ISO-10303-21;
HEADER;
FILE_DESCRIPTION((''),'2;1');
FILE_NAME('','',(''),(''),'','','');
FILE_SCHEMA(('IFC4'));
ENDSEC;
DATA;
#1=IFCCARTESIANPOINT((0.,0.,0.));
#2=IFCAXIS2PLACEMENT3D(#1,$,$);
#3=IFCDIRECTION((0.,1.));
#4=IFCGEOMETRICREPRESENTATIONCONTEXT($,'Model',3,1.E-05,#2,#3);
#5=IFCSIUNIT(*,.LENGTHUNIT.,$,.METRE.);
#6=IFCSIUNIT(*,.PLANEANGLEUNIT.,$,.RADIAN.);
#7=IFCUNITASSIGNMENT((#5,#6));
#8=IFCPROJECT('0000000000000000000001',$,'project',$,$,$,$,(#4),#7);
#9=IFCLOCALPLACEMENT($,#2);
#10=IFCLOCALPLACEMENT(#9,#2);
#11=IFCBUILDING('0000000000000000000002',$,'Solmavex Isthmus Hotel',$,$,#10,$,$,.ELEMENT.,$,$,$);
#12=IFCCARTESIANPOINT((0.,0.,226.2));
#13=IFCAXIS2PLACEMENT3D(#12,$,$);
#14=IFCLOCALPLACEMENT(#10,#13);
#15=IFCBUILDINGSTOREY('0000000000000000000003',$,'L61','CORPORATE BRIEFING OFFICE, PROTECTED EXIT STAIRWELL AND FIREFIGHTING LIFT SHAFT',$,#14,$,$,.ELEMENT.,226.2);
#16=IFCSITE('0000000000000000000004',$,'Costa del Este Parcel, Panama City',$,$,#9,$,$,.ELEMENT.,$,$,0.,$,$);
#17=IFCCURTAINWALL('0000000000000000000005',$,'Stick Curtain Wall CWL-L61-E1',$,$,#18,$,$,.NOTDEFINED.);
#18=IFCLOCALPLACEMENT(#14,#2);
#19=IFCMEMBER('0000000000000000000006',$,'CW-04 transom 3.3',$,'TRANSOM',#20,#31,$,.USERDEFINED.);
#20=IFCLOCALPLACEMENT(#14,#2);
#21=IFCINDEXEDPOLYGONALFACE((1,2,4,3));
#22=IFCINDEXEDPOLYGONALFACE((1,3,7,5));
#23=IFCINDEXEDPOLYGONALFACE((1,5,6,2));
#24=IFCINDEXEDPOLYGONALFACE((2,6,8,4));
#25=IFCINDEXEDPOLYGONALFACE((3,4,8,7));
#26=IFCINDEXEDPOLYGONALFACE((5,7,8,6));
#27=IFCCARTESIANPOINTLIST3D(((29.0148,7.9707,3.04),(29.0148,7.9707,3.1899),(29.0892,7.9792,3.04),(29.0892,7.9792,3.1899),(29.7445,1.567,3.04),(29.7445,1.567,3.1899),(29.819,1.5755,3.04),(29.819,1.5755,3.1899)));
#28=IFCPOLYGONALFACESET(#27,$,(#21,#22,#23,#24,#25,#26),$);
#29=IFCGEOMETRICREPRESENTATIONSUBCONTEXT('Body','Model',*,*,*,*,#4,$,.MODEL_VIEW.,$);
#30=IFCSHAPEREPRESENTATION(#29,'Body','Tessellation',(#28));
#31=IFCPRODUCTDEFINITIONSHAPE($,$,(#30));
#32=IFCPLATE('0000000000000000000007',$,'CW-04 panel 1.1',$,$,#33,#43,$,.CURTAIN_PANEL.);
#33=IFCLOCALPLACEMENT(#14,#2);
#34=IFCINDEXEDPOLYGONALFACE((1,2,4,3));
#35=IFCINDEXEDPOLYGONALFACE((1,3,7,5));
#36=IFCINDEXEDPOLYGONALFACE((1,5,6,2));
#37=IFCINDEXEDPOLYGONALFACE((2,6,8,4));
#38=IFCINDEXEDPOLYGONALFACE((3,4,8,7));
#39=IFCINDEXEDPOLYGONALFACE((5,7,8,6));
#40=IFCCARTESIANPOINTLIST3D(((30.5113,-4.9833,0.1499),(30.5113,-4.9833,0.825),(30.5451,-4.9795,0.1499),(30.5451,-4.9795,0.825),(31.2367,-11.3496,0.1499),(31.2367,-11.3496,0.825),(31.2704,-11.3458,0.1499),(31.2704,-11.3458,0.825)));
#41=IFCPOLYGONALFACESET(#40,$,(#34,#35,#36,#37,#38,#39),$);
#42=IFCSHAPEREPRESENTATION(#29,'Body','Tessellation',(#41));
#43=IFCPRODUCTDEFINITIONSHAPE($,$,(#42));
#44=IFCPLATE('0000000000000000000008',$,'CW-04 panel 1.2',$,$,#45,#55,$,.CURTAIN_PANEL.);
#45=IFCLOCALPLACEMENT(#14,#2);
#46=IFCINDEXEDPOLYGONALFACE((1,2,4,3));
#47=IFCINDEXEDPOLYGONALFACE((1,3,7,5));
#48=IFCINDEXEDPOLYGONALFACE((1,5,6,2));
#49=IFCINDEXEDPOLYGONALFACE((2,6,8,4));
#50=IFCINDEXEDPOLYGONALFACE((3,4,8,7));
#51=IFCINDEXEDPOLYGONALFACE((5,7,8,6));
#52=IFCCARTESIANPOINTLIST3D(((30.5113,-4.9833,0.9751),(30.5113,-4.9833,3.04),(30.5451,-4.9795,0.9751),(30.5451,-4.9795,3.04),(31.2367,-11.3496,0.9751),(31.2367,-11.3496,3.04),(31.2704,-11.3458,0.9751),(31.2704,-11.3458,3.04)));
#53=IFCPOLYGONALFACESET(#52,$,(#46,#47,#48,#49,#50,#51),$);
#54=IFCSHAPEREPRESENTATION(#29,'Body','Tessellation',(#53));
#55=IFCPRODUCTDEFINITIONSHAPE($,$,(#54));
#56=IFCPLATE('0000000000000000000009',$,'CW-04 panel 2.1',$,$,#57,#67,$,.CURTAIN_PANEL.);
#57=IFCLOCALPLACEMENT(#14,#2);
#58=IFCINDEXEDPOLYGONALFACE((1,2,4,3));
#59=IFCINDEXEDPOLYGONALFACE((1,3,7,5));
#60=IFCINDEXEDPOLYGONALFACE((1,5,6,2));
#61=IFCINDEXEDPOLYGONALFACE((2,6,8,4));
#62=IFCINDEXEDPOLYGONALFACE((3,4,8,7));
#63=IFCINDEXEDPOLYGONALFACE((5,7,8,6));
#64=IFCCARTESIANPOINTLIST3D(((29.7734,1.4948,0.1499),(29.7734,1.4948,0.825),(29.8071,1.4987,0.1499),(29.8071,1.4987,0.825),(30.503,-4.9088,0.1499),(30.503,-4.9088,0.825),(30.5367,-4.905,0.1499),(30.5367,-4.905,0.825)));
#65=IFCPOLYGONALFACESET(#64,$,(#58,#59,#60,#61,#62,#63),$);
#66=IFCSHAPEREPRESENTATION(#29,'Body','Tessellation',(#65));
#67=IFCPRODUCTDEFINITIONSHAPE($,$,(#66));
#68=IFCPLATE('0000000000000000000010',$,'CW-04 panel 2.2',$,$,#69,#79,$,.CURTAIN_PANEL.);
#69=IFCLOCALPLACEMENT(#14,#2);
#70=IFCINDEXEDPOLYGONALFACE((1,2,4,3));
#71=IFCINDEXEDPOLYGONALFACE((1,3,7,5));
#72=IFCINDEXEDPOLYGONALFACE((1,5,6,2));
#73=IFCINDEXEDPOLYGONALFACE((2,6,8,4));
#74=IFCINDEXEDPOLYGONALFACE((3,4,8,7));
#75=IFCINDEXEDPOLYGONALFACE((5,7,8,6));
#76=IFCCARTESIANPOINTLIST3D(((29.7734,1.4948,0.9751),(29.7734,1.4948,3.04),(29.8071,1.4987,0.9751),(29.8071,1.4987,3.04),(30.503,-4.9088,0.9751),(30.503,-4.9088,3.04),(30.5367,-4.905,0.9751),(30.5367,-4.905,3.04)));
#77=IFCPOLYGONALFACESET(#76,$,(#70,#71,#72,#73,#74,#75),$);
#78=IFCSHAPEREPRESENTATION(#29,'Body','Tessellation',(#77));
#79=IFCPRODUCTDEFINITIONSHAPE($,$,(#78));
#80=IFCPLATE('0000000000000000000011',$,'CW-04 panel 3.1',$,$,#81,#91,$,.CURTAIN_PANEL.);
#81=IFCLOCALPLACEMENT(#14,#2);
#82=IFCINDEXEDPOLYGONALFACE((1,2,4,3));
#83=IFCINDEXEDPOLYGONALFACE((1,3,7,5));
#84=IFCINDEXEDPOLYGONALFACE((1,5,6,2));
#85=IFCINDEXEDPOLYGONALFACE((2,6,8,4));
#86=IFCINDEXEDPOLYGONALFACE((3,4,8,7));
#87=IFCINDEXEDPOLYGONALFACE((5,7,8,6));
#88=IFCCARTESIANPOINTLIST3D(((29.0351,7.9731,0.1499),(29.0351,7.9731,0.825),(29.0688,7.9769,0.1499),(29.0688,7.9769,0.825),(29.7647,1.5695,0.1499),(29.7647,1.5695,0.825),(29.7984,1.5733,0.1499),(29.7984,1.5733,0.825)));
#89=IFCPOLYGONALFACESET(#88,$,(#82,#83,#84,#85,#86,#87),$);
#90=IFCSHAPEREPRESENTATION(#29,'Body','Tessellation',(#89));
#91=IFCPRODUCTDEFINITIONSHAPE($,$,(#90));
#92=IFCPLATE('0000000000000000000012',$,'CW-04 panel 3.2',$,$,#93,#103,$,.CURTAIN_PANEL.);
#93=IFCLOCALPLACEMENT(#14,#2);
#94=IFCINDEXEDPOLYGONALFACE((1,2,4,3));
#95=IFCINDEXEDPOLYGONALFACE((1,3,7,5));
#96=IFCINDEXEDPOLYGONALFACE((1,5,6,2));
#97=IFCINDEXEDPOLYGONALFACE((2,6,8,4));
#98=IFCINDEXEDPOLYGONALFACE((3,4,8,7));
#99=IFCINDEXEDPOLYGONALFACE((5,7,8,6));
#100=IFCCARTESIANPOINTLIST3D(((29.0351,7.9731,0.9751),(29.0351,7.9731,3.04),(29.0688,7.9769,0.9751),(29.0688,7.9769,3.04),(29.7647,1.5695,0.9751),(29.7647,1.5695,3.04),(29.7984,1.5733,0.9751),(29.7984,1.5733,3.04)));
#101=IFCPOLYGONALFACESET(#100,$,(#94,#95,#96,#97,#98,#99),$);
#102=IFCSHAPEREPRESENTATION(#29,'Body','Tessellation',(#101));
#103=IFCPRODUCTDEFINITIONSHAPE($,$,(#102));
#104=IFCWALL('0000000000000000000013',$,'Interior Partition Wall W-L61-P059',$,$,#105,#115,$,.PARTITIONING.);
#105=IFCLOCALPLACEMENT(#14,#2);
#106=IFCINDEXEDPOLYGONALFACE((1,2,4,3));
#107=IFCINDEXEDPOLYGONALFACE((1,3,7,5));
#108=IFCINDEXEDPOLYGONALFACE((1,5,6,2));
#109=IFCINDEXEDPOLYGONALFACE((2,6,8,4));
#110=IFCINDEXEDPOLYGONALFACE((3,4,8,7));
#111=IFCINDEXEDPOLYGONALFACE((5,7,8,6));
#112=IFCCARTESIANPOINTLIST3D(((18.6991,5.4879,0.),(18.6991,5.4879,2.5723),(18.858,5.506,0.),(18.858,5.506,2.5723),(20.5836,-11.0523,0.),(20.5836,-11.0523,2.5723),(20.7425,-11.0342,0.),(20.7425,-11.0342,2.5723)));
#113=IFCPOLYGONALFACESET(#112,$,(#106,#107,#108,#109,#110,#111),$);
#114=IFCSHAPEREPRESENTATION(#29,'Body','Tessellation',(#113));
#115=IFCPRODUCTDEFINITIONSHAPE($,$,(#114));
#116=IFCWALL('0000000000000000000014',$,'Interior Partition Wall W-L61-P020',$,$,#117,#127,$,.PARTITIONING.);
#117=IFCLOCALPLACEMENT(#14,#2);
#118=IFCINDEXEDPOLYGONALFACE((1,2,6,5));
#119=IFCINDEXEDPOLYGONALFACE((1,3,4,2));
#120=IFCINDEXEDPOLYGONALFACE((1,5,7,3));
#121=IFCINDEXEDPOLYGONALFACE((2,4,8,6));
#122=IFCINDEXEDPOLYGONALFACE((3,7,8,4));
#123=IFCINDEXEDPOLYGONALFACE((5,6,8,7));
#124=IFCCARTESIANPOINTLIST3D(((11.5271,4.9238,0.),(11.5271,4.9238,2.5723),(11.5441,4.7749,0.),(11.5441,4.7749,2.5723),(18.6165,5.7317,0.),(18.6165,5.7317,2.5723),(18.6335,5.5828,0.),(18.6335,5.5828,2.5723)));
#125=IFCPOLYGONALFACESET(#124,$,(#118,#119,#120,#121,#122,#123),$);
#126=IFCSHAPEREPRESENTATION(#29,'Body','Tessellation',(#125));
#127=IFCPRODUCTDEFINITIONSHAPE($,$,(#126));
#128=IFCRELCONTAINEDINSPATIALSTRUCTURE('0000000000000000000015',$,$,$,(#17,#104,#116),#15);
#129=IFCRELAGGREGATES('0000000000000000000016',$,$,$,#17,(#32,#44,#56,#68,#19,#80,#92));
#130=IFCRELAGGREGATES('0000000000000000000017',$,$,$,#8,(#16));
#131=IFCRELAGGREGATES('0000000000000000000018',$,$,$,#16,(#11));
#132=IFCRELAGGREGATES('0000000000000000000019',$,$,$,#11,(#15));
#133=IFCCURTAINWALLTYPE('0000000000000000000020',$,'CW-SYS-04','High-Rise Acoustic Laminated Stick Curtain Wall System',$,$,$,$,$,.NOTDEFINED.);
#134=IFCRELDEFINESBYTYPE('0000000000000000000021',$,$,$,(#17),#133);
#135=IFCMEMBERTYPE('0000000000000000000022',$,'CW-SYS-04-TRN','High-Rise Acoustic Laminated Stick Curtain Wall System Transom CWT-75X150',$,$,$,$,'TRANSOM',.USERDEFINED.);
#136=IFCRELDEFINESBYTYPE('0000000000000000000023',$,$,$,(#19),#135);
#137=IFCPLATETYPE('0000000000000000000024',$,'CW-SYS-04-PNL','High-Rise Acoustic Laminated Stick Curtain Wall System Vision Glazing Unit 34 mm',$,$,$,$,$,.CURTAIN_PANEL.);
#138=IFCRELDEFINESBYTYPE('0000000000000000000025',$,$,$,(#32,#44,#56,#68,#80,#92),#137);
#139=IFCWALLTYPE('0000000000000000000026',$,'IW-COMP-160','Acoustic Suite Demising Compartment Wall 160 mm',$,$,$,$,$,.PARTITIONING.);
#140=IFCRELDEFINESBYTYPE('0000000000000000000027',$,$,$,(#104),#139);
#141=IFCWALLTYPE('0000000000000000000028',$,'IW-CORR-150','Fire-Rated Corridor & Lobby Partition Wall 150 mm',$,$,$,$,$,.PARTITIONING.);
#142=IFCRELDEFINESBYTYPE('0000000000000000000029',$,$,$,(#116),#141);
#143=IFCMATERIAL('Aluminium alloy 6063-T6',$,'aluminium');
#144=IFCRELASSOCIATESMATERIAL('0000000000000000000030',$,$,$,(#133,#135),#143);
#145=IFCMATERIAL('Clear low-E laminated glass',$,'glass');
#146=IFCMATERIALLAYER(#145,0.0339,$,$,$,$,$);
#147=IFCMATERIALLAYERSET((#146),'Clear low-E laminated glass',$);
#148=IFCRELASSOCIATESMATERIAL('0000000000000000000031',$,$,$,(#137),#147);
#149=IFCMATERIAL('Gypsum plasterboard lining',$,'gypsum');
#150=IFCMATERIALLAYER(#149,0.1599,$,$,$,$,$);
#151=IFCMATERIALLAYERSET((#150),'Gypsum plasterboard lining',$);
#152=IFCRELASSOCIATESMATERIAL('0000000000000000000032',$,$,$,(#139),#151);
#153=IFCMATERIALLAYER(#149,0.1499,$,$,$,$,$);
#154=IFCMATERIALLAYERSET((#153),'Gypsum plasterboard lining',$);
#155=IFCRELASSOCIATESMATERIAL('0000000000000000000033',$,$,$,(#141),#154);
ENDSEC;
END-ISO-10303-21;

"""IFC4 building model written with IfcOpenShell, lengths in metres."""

from ifc_helpers import new_model, si_unit, direction, frame, frame_2d, origin, origin_2d, place, context, subcontext, project, spatial, rectangle, extrude, material, layer, layer_set, material_profile, profile_set, type_object, element, aggregate, save


model = new_model("IFC4")

# Units and contexts
model_context = context("Model", 3, precision=1e-05, world=origin(), true_north=direction((0.0, 1.0)))
body_context = subcontext(model_context, "Body", "Model", "MODEL_VIEW")
ifc_project = project(units=[si_unit("LENGTHUNIT", "METRE"), si_unit("PLANEANGLEUNIT", "RADIAN")], contexts=[model_context])

# Site, building, storey
site_placement = place(None, origin())
site = spatial("IfcSite", under=ifc_project, at=site_placement, Name="Costa del Este Parcel, Panama City", CompositionType="ELEMENT", RefElevation=0.0)
building_placement = place(site_placement, origin())
building = spatial("IfcBuilding", under=site, at=building_placement, Name="Solmavex Isthmus Hotel", CompositionType="ELEMENT")
storey_placement = place(building_placement, frame((0.0, 0.0, 226.2)))
storey = spatial("IfcBuildingStorey", under=building, at=storey_placement, Name="L61", Description="CORPORATE BRIEFING OFFICE, PROTECTED EXIT STAIRWELL AND FIREFIGHTING LIFT SHAFT", CompositionType="ELEMENT", Elevation=226.2)

# Curtain wall, member, plates
ifc_material_1 = material(Name="Aluminium alloy 6063-T6", Category="aluminium")
curtain_wall_type = type_object("IfcCurtainWallType", Name="CW-SYS-04", Description="High-Rise Acoustic Laminated Stick Curtain Wall System", PredefinedType="NOTDEFINED", material=ifc_material_1)
curtain_wall_placement = place(storey_placement, origin())
curtain_wall = element("IfcCurtainWall", 1, at=curtain_wall_placement, inside=storey, type_object=curtain_wall_type, Name="Stick Curtain Wall CWL-L61-E1", PredefinedType="NOTDEFINED")
ifc_material_profile_1 = material_profile(ifc_material_1, rectangle(XDim=0.075, YDim=0.1499, at=origin_2d()), Name="CWT-75X150")
ifc_profile_set_1 = profile_set([ifc_material_profile_1], Name="Aluminium alloy 6063-T6")
member_type_1 = type_object("IfcMemberType", Name="CW-SYS-04-TRN", Description="High-Rise Acoustic Laminated Stick Curtain Wall System Transom CWT-75X150", ElementType="TRANSOM", PredefinedType="USERDEFINED", material=ifc_profile_set_1)
member_1_placement = place(storey_placement, frame((29.7817, 1.5713, 3.115), z_axis=(-0.113225, 0.993569, 0.0), x_axis=(-0.993569, -0.113225, 0.0)))
member_1 = element("IfcMember", 2, at=member_1_placement, type_object=member_type_1, Name="CW-04 transom 3.3", ObjectType="TRANSOM", PredefinedType="USERDEFINED", context=body_context, shape_type="SweptSolid", body=[
    extrude(rectangle(XDim=0.075, YDim=0.1499, at=origin_2d()), origin(), (0.0, 0.0, 1.0), 6.4451),
])
ifc_material_2 = material(Name="Clear low-E laminated glass", Category="glass")
ifc_layer_1 = layer(ifc_material_2, 0.0339)
ifc_layer_set_1 = layer_set([ifc_layer_1], Name="Clear low-E laminated glass")
plate_type = type_object("IfcPlateType", Name="CW-SYS-04-PNL", Description="High-Rise Acoustic Laminated Stick Curtain Wall System Vision Glazing Unit 34 mm", PredefinedType="CURTAIN_PANEL", material=ifc_layer_set_1)
plate_1_placement = place(storey_placement, frame((30.8909, -8.1646, 0.1499), z_axis=(0.0, 0.0, 1.0), x_axis=(-0.113203, 0.993572, 0.0)))
plate_1 = element("IfcPlate", 3, at=plate_1_placement, type_object=plate_type, Name="CW-04 panel 1.1", PredefinedType="CURTAIN_PANEL", context=body_context, shape_type="SweptSolid", body=[
    extrude(rectangle(XDim=6.4075, YDim=0.0339, at=origin_2d()), origin(), (0.0, 0.0, 1.0), 0.675),
])
plate_2_placement = place(storey_placement, frame((30.8909, -8.1646, 0.9751), z_axis=(0.0, 0.0, 1.0), x_axis=(-0.113203, 0.993572, 0.0)))
plate_2 = element("IfcPlate", 4, at=plate_2_placement, type_object=plate_type, Name="CW-04 panel 1.2", PredefinedType="CURTAIN_PANEL", context=body_context, shape_type="SweptSolid", body=[
    extrude(rectangle(XDim=6.4075, YDim=0.0339, at=origin_2d()), origin(), (0.0, 0.0, 1.0), 2.0649),
])
plate_3_placement = place(storey_placement, frame((30.155, -1.7051, 0.1499), z_axis=(0.0, 0.0, 1.0), x_axis=(-0.113203, 0.993572, 0.0)))
plate_3 = element("IfcPlate", 5, at=plate_3_placement, type_object=plate_type, Name="CW-04 panel 2.1", PredefinedType="CURTAIN_PANEL", context=body_context, shape_type="SweptSolid", body=[
    extrude(rectangle(XDim=6.4451, YDim=0.0339, at=origin_2d()), origin(), (0.0, 0.0, 1.0), 0.675),
])
plate_4_placement = place(storey_placement, frame((30.155, -1.7051, 0.9751), z_axis=(0.0, 0.0, 1.0), x_axis=(-0.113203, 0.993572, 0.0)))
plate_4 = element("IfcPlate", 6, at=plate_4_placement, type_object=plate_type, Name="CW-04 panel 2.2", PredefinedType="CURTAIN_PANEL", context=body_context, shape_type="SweptSolid", body=[
    extrude(rectangle(XDim=6.4451, YDim=0.0339, at=origin_2d()), origin(), (0.0, 0.0, 1.0), 2.0649),
])
plate_5_placement = place(storey_placement, frame((29.4167, 4.7732, 0.1499), z_axis=(0.0, 0.0, 1.0), x_axis=(-0.113203, 0.993572, 0.0)))
plate_5 = element("IfcPlate", 7, at=plate_5_placement, type_object=plate_type, Name="CW-04 panel 3.1", PredefinedType="CURTAIN_PANEL", context=body_context, shape_type="SweptSolid", body=[
    extrude(rectangle(XDim=6.4451, YDim=0.0339, at=origin_2d()), origin(), (0.0, 0.0, 1.0), 0.675),
])
plate_6_placement = place(storey_placement, frame((29.4167, 4.7732, 0.9751), z_axis=(0.0, 0.0, 1.0), x_axis=(-0.113203, 0.993572, 0.0)))
plate_6 = element("IfcPlate", 8, at=plate_6_placement, type_object=plate_type, Name="CW-04 panel 3.2", PredefinedType="CURTAIN_PANEL", context=body_context, shape_type="SweptSolid", body=[
    extrude(rectangle(XDim=6.4451, YDim=0.0339, at=origin_2d()), origin(), (0.0, 0.0, 1.0), 2.0649),
])
aggregate(curtain_wall, [plate_1, plate_2, plate_3, plate_4, member_1, plate_5, plate_6])

# Walls
ifc_material_3 = material(Name="Gypsum plasterboard lining", Category="gypsum")
ifc_layer_2 = layer(ifc_material_3, 0.1599)
ifc_layer_set_2 = layer_set([ifc_layer_2], Name="Gypsum plasterboard lining")
wall_type_1 = type_object("IfcWallType", Name="IW-COMP-160", Description="Acoustic Suite Demising Compartment Wall 160 mm", PredefinedType="PARTITIONING", material=ifc_layer_set_2)
wall_1_placement = place(storey_placement, frame((18.7786, 5.4971, 0.0), z_axis=(0.0, 0.0, 1.0), x_axis=(0.113203, -0.993572, 0.0)))
element("IfcWall", 9, at=wall_1_placement, inside=storey, type_object=wall_type_1, Name="Interior Partition Wall W-L61-P059", PredefinedType="PARTITIONING", context=body_context, shape_type="SweptSolid", body=[
    extrude(rectangle(XDim=16.6472, YDim=0.1599, at=frame_2d((8.3237, 0.0))), origin(), (0.0, 0.0, 1.0), 2.5723),
])
ifc_layer_3 = layer(ifc_material_3, 0.1499)
ifc_layer_set_3 = layer_set([ifc_layer_3], Name="Gypsum plasterboard lining")
wall_type_2 = type_object("IfcWallType", Name="IW-CORR-150", Description="Fire-Rated Corridor & Lobby Partition Wall 150 mm", PredefinedType="PARTITIONING", material=ifc_layer_set_3)
wall_2_placement = place(storey_placement, frame((18.625, 5.6572, 0.0), z_axis=(0.0, 0.0, 1.0), x_axis=(-0.99357, -0.113221, 0.0)))
element("IfcWall", 10, at=wall_2_placement, inside=storey, type_object=wall_type_2, Name="Interior Partition Wall W-L61-P020", PredefinedType="PARTITIONING", context=body_context, shape_type="SweptSolid", body=[
    extrude(rectangle(XDim=7.1353, YDim=0.1499, at=frame_2d((3.5676, 0.0))), origin(), (0.0, 0.0, 1.0), 2.5723),
])

save(model, "model.ifc")
